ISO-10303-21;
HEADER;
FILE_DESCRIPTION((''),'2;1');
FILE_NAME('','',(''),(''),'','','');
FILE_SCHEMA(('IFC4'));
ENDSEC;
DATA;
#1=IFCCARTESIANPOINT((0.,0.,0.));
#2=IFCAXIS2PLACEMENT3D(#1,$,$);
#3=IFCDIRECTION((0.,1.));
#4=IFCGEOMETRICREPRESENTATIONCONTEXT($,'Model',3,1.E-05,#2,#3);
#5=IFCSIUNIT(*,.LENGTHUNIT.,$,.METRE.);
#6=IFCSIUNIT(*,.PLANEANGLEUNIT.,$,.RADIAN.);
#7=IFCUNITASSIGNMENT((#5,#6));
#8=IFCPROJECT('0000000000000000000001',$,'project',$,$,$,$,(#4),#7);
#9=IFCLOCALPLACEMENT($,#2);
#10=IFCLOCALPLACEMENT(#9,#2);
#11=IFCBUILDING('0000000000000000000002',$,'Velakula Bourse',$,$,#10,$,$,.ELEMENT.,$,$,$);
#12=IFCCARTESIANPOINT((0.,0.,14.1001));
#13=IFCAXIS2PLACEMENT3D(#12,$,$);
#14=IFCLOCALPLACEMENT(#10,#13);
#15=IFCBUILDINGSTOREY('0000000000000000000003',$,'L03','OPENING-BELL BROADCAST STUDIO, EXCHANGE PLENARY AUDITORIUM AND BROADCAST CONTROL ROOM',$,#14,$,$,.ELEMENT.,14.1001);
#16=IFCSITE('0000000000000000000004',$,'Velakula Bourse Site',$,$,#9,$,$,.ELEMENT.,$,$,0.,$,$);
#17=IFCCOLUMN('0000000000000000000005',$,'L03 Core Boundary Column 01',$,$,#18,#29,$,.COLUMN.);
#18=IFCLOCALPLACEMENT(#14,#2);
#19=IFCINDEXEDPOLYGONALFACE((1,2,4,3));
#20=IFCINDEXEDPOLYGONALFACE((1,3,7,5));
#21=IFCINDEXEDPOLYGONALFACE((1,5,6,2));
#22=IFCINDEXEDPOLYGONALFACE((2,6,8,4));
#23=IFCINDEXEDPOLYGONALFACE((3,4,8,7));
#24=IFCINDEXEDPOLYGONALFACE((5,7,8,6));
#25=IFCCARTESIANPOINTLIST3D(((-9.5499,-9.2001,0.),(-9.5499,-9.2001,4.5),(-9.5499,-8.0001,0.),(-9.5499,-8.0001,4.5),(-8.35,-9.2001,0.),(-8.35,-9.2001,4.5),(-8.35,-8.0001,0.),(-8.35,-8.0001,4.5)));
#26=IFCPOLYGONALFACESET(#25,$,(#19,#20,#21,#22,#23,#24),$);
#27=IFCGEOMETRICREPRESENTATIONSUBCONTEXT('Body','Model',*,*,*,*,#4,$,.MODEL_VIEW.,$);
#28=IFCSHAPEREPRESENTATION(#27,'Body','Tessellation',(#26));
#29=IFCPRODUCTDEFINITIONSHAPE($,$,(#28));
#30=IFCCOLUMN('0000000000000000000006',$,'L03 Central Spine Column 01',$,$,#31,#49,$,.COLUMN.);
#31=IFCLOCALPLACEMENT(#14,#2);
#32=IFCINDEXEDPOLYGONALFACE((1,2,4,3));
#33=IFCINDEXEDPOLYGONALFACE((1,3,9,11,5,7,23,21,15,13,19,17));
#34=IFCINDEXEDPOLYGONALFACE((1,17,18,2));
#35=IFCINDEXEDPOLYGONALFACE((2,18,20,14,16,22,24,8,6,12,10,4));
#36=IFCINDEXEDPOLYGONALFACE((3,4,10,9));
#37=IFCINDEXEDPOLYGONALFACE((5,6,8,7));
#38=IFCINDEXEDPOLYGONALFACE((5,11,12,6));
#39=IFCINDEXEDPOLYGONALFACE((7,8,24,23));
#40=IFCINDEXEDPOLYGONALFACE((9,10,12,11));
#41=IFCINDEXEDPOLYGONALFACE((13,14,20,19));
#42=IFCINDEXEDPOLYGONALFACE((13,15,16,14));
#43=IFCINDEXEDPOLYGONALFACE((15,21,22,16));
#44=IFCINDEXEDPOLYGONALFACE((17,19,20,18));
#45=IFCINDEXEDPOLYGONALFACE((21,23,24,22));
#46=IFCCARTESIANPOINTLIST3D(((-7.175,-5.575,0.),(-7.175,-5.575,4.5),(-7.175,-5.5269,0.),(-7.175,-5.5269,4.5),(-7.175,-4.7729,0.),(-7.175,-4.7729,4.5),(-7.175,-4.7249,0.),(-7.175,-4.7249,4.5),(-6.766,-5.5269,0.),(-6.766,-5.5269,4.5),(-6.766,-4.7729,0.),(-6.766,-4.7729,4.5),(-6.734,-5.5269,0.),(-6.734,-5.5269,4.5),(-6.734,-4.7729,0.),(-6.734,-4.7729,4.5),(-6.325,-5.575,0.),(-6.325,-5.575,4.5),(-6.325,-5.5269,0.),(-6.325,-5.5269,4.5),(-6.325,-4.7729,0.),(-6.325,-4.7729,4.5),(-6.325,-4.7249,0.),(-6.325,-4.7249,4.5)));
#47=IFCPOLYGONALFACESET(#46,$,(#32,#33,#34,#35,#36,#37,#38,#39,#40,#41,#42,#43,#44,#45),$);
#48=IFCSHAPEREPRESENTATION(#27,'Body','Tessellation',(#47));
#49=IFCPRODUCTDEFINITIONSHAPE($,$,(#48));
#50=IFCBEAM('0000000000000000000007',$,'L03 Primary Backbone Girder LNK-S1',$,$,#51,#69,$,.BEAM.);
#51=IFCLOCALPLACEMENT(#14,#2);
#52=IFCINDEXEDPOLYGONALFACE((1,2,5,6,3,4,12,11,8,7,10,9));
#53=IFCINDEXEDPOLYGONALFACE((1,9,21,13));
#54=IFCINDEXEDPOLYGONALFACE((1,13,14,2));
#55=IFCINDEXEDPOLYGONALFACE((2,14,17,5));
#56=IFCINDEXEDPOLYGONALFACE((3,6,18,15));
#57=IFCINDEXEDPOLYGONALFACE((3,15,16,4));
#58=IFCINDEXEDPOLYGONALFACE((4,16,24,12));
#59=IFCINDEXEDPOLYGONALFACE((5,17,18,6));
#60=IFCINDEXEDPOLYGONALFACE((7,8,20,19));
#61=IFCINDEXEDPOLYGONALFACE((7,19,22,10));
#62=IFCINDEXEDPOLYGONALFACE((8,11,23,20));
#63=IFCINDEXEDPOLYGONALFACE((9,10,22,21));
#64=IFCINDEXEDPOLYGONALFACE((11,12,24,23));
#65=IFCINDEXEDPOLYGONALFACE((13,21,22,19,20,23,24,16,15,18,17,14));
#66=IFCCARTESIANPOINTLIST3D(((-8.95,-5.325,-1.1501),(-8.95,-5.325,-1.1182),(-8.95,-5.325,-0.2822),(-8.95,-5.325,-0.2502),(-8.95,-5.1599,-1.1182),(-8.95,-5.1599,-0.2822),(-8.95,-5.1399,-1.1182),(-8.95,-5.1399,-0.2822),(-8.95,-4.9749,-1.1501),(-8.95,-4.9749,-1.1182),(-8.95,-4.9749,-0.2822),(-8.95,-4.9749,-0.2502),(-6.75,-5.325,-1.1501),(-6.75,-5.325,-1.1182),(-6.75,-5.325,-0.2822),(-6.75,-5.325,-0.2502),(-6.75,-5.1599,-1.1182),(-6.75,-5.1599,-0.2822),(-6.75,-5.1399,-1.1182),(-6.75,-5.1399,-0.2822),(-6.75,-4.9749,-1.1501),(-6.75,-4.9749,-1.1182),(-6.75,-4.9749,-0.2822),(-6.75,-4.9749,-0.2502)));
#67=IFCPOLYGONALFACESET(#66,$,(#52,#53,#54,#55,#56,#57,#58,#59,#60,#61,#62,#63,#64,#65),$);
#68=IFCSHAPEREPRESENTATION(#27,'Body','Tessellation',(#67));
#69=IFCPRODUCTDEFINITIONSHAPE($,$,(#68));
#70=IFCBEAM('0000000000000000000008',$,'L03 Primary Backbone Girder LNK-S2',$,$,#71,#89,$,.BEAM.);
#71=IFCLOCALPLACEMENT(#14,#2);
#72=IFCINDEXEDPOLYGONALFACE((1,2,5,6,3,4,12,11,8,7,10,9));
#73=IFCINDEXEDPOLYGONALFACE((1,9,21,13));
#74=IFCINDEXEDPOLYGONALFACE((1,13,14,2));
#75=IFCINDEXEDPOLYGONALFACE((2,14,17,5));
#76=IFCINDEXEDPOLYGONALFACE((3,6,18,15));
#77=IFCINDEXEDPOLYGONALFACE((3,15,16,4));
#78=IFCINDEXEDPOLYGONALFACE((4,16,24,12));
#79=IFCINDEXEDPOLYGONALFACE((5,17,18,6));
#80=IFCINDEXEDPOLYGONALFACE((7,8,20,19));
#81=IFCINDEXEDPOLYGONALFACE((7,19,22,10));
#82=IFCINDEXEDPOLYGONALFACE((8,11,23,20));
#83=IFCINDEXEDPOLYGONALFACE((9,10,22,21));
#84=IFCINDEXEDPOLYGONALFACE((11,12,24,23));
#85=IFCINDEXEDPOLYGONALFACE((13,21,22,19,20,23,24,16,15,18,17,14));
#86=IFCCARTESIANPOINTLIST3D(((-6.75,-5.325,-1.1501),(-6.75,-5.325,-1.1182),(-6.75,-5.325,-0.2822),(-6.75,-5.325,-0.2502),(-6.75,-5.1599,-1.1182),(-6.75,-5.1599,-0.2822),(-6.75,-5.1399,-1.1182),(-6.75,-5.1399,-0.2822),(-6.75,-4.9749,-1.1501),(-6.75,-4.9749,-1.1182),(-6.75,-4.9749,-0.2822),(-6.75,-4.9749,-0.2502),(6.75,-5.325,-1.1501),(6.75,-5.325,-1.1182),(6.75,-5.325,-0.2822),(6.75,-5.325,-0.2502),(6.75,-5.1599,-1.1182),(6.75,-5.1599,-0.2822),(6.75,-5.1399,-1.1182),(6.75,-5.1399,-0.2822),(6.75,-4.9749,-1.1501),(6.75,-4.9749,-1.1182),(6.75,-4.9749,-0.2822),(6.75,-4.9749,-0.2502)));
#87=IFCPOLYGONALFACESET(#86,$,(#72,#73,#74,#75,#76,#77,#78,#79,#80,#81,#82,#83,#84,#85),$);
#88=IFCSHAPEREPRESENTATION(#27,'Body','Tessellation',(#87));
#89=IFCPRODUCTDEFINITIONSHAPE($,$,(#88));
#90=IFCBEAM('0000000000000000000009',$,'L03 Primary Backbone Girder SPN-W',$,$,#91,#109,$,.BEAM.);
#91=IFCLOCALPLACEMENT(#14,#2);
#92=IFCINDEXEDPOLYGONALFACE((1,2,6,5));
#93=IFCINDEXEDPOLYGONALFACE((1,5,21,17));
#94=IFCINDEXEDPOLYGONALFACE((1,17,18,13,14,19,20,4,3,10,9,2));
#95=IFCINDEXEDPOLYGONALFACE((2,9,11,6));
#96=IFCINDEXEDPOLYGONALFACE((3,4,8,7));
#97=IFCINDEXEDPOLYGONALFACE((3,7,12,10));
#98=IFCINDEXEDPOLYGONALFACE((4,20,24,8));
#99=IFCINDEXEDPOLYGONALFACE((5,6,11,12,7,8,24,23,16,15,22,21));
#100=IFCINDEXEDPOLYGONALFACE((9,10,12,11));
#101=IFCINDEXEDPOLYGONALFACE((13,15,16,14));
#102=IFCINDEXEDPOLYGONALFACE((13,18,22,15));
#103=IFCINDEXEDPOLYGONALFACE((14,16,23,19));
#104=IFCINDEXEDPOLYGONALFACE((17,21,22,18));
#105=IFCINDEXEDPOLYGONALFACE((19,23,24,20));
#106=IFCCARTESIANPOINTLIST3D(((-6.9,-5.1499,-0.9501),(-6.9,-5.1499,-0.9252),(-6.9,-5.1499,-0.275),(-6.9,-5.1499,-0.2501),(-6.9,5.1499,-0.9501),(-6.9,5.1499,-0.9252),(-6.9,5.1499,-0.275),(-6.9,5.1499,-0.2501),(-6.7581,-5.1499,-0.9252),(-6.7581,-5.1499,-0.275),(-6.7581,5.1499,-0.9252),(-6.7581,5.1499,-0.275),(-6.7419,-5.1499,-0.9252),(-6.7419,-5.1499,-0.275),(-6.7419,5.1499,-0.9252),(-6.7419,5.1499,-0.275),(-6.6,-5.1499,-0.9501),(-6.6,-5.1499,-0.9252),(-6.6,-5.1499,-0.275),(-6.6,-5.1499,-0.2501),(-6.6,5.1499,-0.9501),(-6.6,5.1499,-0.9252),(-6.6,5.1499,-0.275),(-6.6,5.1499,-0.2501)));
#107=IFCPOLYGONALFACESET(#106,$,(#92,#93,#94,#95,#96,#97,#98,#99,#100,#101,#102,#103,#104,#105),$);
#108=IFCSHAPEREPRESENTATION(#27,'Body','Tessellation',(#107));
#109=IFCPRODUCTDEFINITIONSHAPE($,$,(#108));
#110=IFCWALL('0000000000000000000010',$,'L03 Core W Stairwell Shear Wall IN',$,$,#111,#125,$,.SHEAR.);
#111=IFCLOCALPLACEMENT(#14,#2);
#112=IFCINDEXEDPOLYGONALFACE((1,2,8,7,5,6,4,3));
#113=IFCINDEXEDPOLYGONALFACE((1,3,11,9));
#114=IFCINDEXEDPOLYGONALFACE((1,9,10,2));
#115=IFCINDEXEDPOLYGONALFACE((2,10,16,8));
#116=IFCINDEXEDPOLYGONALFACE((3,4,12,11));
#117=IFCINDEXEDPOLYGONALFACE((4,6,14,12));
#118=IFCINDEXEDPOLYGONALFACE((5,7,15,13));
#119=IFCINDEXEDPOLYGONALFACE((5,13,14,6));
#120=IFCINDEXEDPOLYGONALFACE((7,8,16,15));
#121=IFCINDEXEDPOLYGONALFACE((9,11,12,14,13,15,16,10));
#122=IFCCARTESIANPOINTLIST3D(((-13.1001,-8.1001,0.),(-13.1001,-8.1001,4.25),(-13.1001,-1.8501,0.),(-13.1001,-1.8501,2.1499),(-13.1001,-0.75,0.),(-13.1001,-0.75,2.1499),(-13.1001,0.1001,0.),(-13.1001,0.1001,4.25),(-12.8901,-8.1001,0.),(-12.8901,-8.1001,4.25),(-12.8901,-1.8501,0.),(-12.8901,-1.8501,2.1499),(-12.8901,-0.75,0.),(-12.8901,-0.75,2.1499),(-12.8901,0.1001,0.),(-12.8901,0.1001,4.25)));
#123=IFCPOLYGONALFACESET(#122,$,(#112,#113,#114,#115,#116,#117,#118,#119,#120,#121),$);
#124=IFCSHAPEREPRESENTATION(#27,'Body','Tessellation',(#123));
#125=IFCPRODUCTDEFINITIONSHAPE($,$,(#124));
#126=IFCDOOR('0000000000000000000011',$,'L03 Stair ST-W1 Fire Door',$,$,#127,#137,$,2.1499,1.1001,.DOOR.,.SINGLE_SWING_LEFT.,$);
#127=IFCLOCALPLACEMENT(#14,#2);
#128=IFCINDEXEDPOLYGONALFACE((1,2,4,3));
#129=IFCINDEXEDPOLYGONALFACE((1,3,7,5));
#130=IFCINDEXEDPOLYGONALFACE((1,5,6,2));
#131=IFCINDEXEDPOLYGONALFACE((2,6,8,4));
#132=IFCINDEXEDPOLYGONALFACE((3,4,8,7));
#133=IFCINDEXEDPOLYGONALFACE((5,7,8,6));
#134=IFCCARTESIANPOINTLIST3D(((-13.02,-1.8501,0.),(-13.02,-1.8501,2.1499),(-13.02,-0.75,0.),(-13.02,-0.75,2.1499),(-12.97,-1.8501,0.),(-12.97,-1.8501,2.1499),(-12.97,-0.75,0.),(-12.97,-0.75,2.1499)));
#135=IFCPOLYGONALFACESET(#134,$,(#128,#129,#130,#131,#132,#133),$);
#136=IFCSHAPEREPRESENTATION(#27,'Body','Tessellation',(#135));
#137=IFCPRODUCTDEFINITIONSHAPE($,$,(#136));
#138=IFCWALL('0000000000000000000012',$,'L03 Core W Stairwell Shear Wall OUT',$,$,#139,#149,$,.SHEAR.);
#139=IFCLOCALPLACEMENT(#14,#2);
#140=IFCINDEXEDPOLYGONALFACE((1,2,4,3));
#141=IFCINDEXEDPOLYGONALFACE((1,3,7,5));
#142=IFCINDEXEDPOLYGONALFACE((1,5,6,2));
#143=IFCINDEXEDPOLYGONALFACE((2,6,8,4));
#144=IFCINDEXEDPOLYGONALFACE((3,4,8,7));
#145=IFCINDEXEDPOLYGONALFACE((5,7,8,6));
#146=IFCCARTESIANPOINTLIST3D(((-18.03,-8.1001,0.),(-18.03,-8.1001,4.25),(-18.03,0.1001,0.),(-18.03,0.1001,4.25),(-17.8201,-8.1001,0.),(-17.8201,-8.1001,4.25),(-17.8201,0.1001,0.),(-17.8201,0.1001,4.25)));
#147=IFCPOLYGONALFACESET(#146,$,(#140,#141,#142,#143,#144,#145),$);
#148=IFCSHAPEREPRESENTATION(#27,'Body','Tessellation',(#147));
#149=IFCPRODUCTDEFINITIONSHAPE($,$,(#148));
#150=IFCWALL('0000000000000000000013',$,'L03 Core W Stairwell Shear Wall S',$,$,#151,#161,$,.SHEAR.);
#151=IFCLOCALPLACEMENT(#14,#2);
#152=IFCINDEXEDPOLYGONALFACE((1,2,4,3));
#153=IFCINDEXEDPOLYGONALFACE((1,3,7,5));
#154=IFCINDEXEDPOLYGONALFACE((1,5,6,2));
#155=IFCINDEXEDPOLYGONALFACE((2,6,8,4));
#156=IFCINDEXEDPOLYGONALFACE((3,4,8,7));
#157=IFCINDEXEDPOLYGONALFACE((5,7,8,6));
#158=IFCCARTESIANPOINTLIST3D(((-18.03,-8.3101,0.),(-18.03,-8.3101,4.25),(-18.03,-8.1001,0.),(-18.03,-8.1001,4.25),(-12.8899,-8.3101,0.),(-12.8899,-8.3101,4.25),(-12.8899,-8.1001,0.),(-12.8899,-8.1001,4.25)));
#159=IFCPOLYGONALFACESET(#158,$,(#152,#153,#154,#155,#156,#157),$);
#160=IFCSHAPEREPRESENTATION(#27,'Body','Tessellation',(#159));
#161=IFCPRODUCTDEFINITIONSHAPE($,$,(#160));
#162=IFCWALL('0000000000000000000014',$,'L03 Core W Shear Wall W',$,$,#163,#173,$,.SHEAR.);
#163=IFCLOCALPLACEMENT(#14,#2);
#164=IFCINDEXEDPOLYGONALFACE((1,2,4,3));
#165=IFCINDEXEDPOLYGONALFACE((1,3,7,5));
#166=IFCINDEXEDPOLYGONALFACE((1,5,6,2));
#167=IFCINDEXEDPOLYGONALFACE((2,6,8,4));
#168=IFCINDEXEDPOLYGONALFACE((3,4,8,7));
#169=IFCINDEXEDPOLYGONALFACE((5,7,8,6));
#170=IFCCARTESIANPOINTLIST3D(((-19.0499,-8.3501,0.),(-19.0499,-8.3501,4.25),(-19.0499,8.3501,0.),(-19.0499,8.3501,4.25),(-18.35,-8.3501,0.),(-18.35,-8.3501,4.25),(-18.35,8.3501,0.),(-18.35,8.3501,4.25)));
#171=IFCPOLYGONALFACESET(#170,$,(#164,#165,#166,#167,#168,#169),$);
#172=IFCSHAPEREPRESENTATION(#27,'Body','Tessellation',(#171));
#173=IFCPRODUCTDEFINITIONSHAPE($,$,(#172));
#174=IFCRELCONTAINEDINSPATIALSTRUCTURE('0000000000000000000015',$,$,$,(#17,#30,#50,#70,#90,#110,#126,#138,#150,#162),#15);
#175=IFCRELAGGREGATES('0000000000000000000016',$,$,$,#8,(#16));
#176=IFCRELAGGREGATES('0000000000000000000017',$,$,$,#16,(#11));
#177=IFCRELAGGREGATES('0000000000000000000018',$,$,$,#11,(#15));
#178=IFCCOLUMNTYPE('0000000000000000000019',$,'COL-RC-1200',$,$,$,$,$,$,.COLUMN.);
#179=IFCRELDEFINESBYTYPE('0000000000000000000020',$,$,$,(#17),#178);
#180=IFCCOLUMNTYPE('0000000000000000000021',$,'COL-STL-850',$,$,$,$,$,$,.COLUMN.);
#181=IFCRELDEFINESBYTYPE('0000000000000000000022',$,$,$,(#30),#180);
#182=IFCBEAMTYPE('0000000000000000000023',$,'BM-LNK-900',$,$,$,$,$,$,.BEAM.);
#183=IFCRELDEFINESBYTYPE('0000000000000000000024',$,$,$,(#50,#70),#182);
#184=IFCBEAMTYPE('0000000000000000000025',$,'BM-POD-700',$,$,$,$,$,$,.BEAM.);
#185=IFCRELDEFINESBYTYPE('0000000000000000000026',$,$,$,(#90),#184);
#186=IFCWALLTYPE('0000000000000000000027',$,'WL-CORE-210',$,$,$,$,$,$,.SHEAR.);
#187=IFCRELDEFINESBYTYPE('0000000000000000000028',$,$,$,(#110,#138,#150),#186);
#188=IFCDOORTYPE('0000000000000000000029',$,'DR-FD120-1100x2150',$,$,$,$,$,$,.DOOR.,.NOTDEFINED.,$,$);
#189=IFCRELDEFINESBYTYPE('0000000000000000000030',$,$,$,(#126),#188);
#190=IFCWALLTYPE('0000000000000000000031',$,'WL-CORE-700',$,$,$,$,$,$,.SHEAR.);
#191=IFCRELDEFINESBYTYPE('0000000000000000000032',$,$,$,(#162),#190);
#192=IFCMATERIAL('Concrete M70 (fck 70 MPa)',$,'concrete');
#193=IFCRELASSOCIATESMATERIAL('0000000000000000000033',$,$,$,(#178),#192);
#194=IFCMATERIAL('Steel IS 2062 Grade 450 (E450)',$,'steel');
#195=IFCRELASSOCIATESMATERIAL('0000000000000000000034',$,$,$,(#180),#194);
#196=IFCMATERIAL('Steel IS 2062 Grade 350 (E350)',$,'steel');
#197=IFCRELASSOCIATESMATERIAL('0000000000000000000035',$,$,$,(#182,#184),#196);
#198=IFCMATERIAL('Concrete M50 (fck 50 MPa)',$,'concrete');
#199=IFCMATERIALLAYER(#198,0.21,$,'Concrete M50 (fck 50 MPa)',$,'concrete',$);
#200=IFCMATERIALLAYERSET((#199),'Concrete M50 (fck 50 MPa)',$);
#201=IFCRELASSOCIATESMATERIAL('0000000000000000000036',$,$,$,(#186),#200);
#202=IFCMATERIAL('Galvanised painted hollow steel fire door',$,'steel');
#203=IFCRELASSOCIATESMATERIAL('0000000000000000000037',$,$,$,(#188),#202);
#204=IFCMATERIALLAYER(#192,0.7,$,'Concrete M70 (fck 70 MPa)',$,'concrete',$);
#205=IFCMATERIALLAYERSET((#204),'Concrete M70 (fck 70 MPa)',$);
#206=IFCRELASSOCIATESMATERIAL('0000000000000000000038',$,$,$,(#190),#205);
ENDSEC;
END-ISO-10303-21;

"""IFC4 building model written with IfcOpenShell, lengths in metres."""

from ifc_helpers import new_model, si_unit, direction, frame, frame_2d, origin, origin_2d, place, context, subcontext, project, spatial, rectangle, i_section, extrude, material, layer, layer_set, material_profile, profile_set, type_object, element, fill, save


model = new_model("IFC4")

# Units and contexts
model_context = context("Model", 3, precision=1e-05, world=origin(), true_north=direction((0.0, 1.0)))
body_context = subcontext(model_context, "Body", "Model", "MODEL_VIEW")
ifc_project = project(units=[si_unit("LENGTHUNIT", "METRE"), si_unit("PLANEANGLEUNIT", "RADIAN")], contexts=[model_context])

# Site, building, storey
site_placement = place(None, origin())
site = spatial("IfcSite", under=ifc_project, at=site_placement, Name="Velakula Bourse Site", CompositionType="ELEMENT", RefElevation=0.0)
building_placement = place(site_placement, origin())
building = spatial("IfcBuilding", under=site, at=building_placement, Name="Velakula Bourse", CompositionType="ELEMENT")
storey_placement = place(building_placement, frame((0.0, 0.0, 14.1001)))
storey = spatial("IfcBuildingStorey", under=building, at=storey_placement, Name="L03", Description="OPENING-BELL BROADCAST STUDIO, EXCHANGE PLENARY AUDITORIUM AND BROADCAST CONTROL ROOM", CompositionType="ELEMENT", Elevation=14.1001)

# Columns
ifc_material_1 = material(Name="Concrete M70 (fck 70 MPa)", Category="concrete")
ifc_material_profile_1 = material_profile(ifc_material_1, rectangle(XDim=1.2, YDim=1.2, at=origin_2d()), Name="Concrete M70 (fck 70 MPa)")
ifc_profile_set_1 = profile_set([ifc_material_profile_1], Name="Concrete M70 (fck 70 MPa)")
column_type_1 = type_object("IfcColumnType", Name="COL-RC-1200", PredefinedType="COLUMN", material=ifc_profile_set_1)
column_1_placement = place(storey_placement, frame((-8.95, -8.6001, 0.0), z_axis=(0.0, 0.0, 1.0), x_axis=(1.0, 0.0, 0.0)))
element("IfcColumn", 1, at=column_1_placement, inside=storey, type_object=column_type_1, Name="L03 Core Boundary Column 01", PredefinedType="COLUMN", context=body_context, shape_type="SweptSolid", body=[
    extrude(rectangle(XDim=1.2, YDim=1.2, at=origin_2d()), origin(), (0.0, 0.0, 1.0), 4.5),
])
ifc_material_2 = material(Name="Steel IS 2062 Grade 450 (E450)", Category="steel")
ifc_material_profile_2 = material_profile(ifc_material_2, i_section(OverallWidth=0.8501, OverallDepth=0.8501, WebThickness=0.032, FlangeThickness=0.0481, at=origin_2d()), Name="Steel IS 2062 Grade 450 (E450)")
ifc_profile_set_2 = profile_set([ifc_material_profile_2], Name="Steel IS 2062 Grade 450 (E450)")
column_type_2 = type_object("IfcColumnType", Name="COL-STL-850", PredefinedType="COLUMN", material=ifc_profile_set_2)
column_2_placement = place(storey_placement, frame((-6.75, -5.1499, 0.0), z_axis=(0.0, 0.0, 1.0), x_axis=(1.0, 0.0, 0.0)))
element("IfcColumn", 2, at=column_2_placement, inside=storey, type_object=column_type_2, Name="L03 Central Spine Column 01", PredefinedType="COLUMN", context=body_context, shape_type="SweptSolid", body=[
    extrude(i_section(OverallWidth=0.8501, OverallDepth=0.8501, WebThickness=0.032, FlangeThickness=0.0481, at=origin_2d()), origin(), (0.0, 0.0, 1.0), 4.5),
])

# Beams
ifc_material_3 = material(Name="Steel IS 2062 Grade 350 (E350)", Category="steel")
ifc_material_profile_3 = material_profile(ifc_material_3, i_section(OverallWidth=0.3501, OverallDepth=0.8999, WebThickness=0.02, FlangeThickness=0.032, at=origin_2d()), Name="Steel IS 2062 Grade 350 (E350)")
ifc_profile_set_3 = profile_set([ifc_material_profile_3], Name="Steel IS 2062 Grade 350 (E350)")
beam_type_1 = type_object("IfcBeamType", Name="BM-LNK-900", PredefinedType="BEAM", material=ifc_profile_set_3)
beam_1_placement = place(storey_placement, frame((-8.95, -5.1499, -0.7002), z_axis=(1.0, 0.0, 0.0), x_axis=(0.0, 1.0, 0.0)))
element("IfcBeam", 3, at=beam_1_placement, inside=storey, type_object=beam_type_1, Name="L03 Primary Backbone Girder LNK-S1", PredefinedType="BEAM", context=body_context, shape_type="SweptSolid", body=[
    extrude(i_section(OverallWidth=0.3501, OverallDepth=0.8999, WebThickness=0.02, FlangeThickness=0.032, at=origin_2d()), origin(), (0.0, 0.0, 1.0), 2.2),
])
beam_2_placement = place(storey_placement, frame((-6.75, -5.1499, -0.7002), z_axis=(1.0, 0.0, 0.0), x_axis=(0.0, 1.0, 0.0)))
element("IfcBeam", 4, at=beam_2_placement, inside=storey, type_object=beam_type_1, Name="L03 Primary Backbone Girder LNK-S2", PredefinedType="BEAM", context=body_context, shape_type="SweptSolid", body=[
    extrude(i_section(OverallWidth=0.3501, OverallDepth=0.8999, WebThickness=0.02, FlangeThickness=0.032, at=origin_2d()), origin(), (0.0, 0.0, 1.0), 13.5),
])
ifc_material_profile_4 = material_profile(ifc_material_3, i_section(OverallWidth=0.3, OverallDepth=0.7, WebThickness=0.0161, FlangeThickness=0.0249, at=origin_2d()), Name="Steel IS 2062 Grade 350 (E350)")
ifc_profile_set_4 = profile_set([ifc_material_profile_4], Name="Steel IS 2062 Grade 350 (E350)")
beam_type_2 = type_object("IfcBeamType", Name="BM-POD-700", PredefinedType="BEAM", material=ifc_profile_set_4)
beam_3_placement = place(storey_placement, frame((-6.75, -5.1499, -0.6001), z_axis=(0.0, 1.0, 0.0), x_axis=(-1.0, 0.0, 0.0)))
element("IfcBeam", 5, at=beam_3_placement, inside=storey, type_object=beam_type_2, Name="L03 Primary Backbone Girder SPN-W", PredefinedType="BEAM", context=body_context, shape_type="SweptSolid", body=[
    extrude(i_section(OverallWidth=0.3, OverallDepth=0.7, WebThickness=0.0161, FlangeThickness=0.0249, at=origin_2d()), origin(), (0.0, 0.0, 1.0), 10.2998),
])

# Wall, opening, door
ifc_material_4 = material(Name="Concrete M50 (fck 50 MPa)", Category="concrete")
ifc_layer_1 = layer(ifc_material_4, 0.21, Name="Concrete M50 (fck 50 MPa)", Category="concrete")
ifc_layer_set_1 = layer_set([ifc_layer_1], Name="Concrete M50 (fck 50 MPa)")
wall_type_1 = type_object("IfcWallType", Name="WL-CORE-210", PredefinedType="SHEAR", material=ifc_layer_set_1)
wall_1_placement = place(storey_placement, frame((-12.9951, -8.1001, 0.0), z_axis=(0.0, 0.0, 1.0), x_axis=(0.0, 1.0, 0.0)))
wall_1 = element("IfcWall", 6, at=wall_1_placement, inside=storey, type_object=wall_type_1, Name="L03 Core W Stairwell Shear Wall IN", PredefinedType="SHEAR", context=body_context, shape_type="SweptSolid", body=[
    extrude(rectangle(XDim=8.2002, YDim=0.21, at=frame_2d((4.1001, 0.0))), origin(), (0.0, 0.0, 1.0), 4.25),
])
opening_1_placement = place(wall_1_placement, frame((6.25, 0.0, 0.0)))
opening_1 = element("IfcOpeningElement", 7, at=opening_1_placement, cuts=wall_1, PredefinedType="OPENING", context=body_context, shape_type="SweptSolid", body=[
    extrude(rectangle(XDim=1.1001, YDim=2.1499, at=frame_2d((0.55, 1.075))), frame((0.0, 0.115, 0.0), z_axis=(0.0, -1.0, 0.0), x_axis=(1.0, 0.0, 0.0)), (0.0, 0.0, 1.0), 0.23),
])
ifc_material_5 = material(Name="Galvanised painted hollow steel fire door", Category="steel")
door_type_1 = type_object("IfcDoorType", Name="DR-FD120-1100x2150", OperationType="NOTDEFINED", PredefinedType="DOOR", material=ifc_material_5)
door_1_placement = place(opening_1_placement, origin())
door_1 = element("IfcDoor", 8, at=door_1_placement, inside=storey, type_object=door_type_1, Name="L03 Stair ST-W1 Fire Door", OperationType="SINGLE_SWING_LEFT", OverallHeight=2.1499, OverallWidth=1.1001, PredefinedType="DOOR", context=body_context, shape_type="SweptSolid", body=[
    extrude(rectangle(XDim=1.1001, YDim=2.1499, at=frame_2d((0.55, 1.075))), frame((0.0, 0.0249, 0.0), z_axis=(0.0, -1.0, 0.0), x_axis=(1.0, 0.0, 0.0)), (0.0, 0.0, 1.0), 0.05),
])
fill(opening_1, door_1)

# Walls
wall_2_placement = place(storey_placement, frame((-17.925, -8.1001, 0.0), z_axis=(0.0, 0.0, 1.0), x_axis=(0.0, 1.0, 0.0)))
element("IfcWall", 9, at=wall_2_placement, inside=storey, type_object=wall_type_1, Name="L03 Core W Stairwell Shear Wall OUT", PredefinedType="SHEAR", context=body_context, shape_type="SweptSolid", body=[
    extrude(rectangle(XDim=8.2002, YDim=0.21, at=frame_2d((4.1001, 0.0))), origin(), (0.0, 0.0, 1.0), 4.25),
])
wall_3_placement = place(storey_placement, frame((-18.03, -8.2051, 0.0), z_axis=(0.0, 0.0, 1.0), x_axis=(1.0, 0.0, 0.0)))
element("IfcWall", 10, at=wall_3_placement, inside=storey, type_object=wall_type_1, Name="L03 Core W Stairwell Shear Wall S", PredefinedType="SHEAR", context=body_context, shape_type="SweptSolid", body=[
    extrude(rectangle(XDim=5.1401, YDim=0.21, at=frame_2d((2.5701, 0.0))), origin(), (0.0, 0.0, 1.0), 4.25),
])
ifc_layer_2 = layer(ifc_material_1, 0.7, Name="Concrete M70 (fck 70 MPa)", Category="concrete")
ifc_layer_set_2 = layer_set([ifc_layer_2], Name="Concrete M70 (fck 70 MPa)")
wall_type_2 = type_object("IfcWallType", Name="WL-CORE-700", PredefinedType="SHEAR", material=ifc_layer_set_2)
wall_4_placement = place(storey_placement, frame((-18.7, -8.3501, 0.0), z_axis=(0.0, 0.0, 1.0), x_axis=(0.0, 1.0, 0.0)))
element("IfcWall", 11, at=wall_4_placement, inside=storey, type_object=wall_type_2, Name="L03 Core W Shear Wall W", PredefinedType="SHEAR", context=body_context, shape_type="SweptSolid", body=[
    extrude(rectangle(XDim=16.7002, YDim=0.7, at=frame_2d((8.3501, 0.0))), origin(), (0.0, 0.0, 1.0), 4.25),
])

save(model, "model.ifc")
